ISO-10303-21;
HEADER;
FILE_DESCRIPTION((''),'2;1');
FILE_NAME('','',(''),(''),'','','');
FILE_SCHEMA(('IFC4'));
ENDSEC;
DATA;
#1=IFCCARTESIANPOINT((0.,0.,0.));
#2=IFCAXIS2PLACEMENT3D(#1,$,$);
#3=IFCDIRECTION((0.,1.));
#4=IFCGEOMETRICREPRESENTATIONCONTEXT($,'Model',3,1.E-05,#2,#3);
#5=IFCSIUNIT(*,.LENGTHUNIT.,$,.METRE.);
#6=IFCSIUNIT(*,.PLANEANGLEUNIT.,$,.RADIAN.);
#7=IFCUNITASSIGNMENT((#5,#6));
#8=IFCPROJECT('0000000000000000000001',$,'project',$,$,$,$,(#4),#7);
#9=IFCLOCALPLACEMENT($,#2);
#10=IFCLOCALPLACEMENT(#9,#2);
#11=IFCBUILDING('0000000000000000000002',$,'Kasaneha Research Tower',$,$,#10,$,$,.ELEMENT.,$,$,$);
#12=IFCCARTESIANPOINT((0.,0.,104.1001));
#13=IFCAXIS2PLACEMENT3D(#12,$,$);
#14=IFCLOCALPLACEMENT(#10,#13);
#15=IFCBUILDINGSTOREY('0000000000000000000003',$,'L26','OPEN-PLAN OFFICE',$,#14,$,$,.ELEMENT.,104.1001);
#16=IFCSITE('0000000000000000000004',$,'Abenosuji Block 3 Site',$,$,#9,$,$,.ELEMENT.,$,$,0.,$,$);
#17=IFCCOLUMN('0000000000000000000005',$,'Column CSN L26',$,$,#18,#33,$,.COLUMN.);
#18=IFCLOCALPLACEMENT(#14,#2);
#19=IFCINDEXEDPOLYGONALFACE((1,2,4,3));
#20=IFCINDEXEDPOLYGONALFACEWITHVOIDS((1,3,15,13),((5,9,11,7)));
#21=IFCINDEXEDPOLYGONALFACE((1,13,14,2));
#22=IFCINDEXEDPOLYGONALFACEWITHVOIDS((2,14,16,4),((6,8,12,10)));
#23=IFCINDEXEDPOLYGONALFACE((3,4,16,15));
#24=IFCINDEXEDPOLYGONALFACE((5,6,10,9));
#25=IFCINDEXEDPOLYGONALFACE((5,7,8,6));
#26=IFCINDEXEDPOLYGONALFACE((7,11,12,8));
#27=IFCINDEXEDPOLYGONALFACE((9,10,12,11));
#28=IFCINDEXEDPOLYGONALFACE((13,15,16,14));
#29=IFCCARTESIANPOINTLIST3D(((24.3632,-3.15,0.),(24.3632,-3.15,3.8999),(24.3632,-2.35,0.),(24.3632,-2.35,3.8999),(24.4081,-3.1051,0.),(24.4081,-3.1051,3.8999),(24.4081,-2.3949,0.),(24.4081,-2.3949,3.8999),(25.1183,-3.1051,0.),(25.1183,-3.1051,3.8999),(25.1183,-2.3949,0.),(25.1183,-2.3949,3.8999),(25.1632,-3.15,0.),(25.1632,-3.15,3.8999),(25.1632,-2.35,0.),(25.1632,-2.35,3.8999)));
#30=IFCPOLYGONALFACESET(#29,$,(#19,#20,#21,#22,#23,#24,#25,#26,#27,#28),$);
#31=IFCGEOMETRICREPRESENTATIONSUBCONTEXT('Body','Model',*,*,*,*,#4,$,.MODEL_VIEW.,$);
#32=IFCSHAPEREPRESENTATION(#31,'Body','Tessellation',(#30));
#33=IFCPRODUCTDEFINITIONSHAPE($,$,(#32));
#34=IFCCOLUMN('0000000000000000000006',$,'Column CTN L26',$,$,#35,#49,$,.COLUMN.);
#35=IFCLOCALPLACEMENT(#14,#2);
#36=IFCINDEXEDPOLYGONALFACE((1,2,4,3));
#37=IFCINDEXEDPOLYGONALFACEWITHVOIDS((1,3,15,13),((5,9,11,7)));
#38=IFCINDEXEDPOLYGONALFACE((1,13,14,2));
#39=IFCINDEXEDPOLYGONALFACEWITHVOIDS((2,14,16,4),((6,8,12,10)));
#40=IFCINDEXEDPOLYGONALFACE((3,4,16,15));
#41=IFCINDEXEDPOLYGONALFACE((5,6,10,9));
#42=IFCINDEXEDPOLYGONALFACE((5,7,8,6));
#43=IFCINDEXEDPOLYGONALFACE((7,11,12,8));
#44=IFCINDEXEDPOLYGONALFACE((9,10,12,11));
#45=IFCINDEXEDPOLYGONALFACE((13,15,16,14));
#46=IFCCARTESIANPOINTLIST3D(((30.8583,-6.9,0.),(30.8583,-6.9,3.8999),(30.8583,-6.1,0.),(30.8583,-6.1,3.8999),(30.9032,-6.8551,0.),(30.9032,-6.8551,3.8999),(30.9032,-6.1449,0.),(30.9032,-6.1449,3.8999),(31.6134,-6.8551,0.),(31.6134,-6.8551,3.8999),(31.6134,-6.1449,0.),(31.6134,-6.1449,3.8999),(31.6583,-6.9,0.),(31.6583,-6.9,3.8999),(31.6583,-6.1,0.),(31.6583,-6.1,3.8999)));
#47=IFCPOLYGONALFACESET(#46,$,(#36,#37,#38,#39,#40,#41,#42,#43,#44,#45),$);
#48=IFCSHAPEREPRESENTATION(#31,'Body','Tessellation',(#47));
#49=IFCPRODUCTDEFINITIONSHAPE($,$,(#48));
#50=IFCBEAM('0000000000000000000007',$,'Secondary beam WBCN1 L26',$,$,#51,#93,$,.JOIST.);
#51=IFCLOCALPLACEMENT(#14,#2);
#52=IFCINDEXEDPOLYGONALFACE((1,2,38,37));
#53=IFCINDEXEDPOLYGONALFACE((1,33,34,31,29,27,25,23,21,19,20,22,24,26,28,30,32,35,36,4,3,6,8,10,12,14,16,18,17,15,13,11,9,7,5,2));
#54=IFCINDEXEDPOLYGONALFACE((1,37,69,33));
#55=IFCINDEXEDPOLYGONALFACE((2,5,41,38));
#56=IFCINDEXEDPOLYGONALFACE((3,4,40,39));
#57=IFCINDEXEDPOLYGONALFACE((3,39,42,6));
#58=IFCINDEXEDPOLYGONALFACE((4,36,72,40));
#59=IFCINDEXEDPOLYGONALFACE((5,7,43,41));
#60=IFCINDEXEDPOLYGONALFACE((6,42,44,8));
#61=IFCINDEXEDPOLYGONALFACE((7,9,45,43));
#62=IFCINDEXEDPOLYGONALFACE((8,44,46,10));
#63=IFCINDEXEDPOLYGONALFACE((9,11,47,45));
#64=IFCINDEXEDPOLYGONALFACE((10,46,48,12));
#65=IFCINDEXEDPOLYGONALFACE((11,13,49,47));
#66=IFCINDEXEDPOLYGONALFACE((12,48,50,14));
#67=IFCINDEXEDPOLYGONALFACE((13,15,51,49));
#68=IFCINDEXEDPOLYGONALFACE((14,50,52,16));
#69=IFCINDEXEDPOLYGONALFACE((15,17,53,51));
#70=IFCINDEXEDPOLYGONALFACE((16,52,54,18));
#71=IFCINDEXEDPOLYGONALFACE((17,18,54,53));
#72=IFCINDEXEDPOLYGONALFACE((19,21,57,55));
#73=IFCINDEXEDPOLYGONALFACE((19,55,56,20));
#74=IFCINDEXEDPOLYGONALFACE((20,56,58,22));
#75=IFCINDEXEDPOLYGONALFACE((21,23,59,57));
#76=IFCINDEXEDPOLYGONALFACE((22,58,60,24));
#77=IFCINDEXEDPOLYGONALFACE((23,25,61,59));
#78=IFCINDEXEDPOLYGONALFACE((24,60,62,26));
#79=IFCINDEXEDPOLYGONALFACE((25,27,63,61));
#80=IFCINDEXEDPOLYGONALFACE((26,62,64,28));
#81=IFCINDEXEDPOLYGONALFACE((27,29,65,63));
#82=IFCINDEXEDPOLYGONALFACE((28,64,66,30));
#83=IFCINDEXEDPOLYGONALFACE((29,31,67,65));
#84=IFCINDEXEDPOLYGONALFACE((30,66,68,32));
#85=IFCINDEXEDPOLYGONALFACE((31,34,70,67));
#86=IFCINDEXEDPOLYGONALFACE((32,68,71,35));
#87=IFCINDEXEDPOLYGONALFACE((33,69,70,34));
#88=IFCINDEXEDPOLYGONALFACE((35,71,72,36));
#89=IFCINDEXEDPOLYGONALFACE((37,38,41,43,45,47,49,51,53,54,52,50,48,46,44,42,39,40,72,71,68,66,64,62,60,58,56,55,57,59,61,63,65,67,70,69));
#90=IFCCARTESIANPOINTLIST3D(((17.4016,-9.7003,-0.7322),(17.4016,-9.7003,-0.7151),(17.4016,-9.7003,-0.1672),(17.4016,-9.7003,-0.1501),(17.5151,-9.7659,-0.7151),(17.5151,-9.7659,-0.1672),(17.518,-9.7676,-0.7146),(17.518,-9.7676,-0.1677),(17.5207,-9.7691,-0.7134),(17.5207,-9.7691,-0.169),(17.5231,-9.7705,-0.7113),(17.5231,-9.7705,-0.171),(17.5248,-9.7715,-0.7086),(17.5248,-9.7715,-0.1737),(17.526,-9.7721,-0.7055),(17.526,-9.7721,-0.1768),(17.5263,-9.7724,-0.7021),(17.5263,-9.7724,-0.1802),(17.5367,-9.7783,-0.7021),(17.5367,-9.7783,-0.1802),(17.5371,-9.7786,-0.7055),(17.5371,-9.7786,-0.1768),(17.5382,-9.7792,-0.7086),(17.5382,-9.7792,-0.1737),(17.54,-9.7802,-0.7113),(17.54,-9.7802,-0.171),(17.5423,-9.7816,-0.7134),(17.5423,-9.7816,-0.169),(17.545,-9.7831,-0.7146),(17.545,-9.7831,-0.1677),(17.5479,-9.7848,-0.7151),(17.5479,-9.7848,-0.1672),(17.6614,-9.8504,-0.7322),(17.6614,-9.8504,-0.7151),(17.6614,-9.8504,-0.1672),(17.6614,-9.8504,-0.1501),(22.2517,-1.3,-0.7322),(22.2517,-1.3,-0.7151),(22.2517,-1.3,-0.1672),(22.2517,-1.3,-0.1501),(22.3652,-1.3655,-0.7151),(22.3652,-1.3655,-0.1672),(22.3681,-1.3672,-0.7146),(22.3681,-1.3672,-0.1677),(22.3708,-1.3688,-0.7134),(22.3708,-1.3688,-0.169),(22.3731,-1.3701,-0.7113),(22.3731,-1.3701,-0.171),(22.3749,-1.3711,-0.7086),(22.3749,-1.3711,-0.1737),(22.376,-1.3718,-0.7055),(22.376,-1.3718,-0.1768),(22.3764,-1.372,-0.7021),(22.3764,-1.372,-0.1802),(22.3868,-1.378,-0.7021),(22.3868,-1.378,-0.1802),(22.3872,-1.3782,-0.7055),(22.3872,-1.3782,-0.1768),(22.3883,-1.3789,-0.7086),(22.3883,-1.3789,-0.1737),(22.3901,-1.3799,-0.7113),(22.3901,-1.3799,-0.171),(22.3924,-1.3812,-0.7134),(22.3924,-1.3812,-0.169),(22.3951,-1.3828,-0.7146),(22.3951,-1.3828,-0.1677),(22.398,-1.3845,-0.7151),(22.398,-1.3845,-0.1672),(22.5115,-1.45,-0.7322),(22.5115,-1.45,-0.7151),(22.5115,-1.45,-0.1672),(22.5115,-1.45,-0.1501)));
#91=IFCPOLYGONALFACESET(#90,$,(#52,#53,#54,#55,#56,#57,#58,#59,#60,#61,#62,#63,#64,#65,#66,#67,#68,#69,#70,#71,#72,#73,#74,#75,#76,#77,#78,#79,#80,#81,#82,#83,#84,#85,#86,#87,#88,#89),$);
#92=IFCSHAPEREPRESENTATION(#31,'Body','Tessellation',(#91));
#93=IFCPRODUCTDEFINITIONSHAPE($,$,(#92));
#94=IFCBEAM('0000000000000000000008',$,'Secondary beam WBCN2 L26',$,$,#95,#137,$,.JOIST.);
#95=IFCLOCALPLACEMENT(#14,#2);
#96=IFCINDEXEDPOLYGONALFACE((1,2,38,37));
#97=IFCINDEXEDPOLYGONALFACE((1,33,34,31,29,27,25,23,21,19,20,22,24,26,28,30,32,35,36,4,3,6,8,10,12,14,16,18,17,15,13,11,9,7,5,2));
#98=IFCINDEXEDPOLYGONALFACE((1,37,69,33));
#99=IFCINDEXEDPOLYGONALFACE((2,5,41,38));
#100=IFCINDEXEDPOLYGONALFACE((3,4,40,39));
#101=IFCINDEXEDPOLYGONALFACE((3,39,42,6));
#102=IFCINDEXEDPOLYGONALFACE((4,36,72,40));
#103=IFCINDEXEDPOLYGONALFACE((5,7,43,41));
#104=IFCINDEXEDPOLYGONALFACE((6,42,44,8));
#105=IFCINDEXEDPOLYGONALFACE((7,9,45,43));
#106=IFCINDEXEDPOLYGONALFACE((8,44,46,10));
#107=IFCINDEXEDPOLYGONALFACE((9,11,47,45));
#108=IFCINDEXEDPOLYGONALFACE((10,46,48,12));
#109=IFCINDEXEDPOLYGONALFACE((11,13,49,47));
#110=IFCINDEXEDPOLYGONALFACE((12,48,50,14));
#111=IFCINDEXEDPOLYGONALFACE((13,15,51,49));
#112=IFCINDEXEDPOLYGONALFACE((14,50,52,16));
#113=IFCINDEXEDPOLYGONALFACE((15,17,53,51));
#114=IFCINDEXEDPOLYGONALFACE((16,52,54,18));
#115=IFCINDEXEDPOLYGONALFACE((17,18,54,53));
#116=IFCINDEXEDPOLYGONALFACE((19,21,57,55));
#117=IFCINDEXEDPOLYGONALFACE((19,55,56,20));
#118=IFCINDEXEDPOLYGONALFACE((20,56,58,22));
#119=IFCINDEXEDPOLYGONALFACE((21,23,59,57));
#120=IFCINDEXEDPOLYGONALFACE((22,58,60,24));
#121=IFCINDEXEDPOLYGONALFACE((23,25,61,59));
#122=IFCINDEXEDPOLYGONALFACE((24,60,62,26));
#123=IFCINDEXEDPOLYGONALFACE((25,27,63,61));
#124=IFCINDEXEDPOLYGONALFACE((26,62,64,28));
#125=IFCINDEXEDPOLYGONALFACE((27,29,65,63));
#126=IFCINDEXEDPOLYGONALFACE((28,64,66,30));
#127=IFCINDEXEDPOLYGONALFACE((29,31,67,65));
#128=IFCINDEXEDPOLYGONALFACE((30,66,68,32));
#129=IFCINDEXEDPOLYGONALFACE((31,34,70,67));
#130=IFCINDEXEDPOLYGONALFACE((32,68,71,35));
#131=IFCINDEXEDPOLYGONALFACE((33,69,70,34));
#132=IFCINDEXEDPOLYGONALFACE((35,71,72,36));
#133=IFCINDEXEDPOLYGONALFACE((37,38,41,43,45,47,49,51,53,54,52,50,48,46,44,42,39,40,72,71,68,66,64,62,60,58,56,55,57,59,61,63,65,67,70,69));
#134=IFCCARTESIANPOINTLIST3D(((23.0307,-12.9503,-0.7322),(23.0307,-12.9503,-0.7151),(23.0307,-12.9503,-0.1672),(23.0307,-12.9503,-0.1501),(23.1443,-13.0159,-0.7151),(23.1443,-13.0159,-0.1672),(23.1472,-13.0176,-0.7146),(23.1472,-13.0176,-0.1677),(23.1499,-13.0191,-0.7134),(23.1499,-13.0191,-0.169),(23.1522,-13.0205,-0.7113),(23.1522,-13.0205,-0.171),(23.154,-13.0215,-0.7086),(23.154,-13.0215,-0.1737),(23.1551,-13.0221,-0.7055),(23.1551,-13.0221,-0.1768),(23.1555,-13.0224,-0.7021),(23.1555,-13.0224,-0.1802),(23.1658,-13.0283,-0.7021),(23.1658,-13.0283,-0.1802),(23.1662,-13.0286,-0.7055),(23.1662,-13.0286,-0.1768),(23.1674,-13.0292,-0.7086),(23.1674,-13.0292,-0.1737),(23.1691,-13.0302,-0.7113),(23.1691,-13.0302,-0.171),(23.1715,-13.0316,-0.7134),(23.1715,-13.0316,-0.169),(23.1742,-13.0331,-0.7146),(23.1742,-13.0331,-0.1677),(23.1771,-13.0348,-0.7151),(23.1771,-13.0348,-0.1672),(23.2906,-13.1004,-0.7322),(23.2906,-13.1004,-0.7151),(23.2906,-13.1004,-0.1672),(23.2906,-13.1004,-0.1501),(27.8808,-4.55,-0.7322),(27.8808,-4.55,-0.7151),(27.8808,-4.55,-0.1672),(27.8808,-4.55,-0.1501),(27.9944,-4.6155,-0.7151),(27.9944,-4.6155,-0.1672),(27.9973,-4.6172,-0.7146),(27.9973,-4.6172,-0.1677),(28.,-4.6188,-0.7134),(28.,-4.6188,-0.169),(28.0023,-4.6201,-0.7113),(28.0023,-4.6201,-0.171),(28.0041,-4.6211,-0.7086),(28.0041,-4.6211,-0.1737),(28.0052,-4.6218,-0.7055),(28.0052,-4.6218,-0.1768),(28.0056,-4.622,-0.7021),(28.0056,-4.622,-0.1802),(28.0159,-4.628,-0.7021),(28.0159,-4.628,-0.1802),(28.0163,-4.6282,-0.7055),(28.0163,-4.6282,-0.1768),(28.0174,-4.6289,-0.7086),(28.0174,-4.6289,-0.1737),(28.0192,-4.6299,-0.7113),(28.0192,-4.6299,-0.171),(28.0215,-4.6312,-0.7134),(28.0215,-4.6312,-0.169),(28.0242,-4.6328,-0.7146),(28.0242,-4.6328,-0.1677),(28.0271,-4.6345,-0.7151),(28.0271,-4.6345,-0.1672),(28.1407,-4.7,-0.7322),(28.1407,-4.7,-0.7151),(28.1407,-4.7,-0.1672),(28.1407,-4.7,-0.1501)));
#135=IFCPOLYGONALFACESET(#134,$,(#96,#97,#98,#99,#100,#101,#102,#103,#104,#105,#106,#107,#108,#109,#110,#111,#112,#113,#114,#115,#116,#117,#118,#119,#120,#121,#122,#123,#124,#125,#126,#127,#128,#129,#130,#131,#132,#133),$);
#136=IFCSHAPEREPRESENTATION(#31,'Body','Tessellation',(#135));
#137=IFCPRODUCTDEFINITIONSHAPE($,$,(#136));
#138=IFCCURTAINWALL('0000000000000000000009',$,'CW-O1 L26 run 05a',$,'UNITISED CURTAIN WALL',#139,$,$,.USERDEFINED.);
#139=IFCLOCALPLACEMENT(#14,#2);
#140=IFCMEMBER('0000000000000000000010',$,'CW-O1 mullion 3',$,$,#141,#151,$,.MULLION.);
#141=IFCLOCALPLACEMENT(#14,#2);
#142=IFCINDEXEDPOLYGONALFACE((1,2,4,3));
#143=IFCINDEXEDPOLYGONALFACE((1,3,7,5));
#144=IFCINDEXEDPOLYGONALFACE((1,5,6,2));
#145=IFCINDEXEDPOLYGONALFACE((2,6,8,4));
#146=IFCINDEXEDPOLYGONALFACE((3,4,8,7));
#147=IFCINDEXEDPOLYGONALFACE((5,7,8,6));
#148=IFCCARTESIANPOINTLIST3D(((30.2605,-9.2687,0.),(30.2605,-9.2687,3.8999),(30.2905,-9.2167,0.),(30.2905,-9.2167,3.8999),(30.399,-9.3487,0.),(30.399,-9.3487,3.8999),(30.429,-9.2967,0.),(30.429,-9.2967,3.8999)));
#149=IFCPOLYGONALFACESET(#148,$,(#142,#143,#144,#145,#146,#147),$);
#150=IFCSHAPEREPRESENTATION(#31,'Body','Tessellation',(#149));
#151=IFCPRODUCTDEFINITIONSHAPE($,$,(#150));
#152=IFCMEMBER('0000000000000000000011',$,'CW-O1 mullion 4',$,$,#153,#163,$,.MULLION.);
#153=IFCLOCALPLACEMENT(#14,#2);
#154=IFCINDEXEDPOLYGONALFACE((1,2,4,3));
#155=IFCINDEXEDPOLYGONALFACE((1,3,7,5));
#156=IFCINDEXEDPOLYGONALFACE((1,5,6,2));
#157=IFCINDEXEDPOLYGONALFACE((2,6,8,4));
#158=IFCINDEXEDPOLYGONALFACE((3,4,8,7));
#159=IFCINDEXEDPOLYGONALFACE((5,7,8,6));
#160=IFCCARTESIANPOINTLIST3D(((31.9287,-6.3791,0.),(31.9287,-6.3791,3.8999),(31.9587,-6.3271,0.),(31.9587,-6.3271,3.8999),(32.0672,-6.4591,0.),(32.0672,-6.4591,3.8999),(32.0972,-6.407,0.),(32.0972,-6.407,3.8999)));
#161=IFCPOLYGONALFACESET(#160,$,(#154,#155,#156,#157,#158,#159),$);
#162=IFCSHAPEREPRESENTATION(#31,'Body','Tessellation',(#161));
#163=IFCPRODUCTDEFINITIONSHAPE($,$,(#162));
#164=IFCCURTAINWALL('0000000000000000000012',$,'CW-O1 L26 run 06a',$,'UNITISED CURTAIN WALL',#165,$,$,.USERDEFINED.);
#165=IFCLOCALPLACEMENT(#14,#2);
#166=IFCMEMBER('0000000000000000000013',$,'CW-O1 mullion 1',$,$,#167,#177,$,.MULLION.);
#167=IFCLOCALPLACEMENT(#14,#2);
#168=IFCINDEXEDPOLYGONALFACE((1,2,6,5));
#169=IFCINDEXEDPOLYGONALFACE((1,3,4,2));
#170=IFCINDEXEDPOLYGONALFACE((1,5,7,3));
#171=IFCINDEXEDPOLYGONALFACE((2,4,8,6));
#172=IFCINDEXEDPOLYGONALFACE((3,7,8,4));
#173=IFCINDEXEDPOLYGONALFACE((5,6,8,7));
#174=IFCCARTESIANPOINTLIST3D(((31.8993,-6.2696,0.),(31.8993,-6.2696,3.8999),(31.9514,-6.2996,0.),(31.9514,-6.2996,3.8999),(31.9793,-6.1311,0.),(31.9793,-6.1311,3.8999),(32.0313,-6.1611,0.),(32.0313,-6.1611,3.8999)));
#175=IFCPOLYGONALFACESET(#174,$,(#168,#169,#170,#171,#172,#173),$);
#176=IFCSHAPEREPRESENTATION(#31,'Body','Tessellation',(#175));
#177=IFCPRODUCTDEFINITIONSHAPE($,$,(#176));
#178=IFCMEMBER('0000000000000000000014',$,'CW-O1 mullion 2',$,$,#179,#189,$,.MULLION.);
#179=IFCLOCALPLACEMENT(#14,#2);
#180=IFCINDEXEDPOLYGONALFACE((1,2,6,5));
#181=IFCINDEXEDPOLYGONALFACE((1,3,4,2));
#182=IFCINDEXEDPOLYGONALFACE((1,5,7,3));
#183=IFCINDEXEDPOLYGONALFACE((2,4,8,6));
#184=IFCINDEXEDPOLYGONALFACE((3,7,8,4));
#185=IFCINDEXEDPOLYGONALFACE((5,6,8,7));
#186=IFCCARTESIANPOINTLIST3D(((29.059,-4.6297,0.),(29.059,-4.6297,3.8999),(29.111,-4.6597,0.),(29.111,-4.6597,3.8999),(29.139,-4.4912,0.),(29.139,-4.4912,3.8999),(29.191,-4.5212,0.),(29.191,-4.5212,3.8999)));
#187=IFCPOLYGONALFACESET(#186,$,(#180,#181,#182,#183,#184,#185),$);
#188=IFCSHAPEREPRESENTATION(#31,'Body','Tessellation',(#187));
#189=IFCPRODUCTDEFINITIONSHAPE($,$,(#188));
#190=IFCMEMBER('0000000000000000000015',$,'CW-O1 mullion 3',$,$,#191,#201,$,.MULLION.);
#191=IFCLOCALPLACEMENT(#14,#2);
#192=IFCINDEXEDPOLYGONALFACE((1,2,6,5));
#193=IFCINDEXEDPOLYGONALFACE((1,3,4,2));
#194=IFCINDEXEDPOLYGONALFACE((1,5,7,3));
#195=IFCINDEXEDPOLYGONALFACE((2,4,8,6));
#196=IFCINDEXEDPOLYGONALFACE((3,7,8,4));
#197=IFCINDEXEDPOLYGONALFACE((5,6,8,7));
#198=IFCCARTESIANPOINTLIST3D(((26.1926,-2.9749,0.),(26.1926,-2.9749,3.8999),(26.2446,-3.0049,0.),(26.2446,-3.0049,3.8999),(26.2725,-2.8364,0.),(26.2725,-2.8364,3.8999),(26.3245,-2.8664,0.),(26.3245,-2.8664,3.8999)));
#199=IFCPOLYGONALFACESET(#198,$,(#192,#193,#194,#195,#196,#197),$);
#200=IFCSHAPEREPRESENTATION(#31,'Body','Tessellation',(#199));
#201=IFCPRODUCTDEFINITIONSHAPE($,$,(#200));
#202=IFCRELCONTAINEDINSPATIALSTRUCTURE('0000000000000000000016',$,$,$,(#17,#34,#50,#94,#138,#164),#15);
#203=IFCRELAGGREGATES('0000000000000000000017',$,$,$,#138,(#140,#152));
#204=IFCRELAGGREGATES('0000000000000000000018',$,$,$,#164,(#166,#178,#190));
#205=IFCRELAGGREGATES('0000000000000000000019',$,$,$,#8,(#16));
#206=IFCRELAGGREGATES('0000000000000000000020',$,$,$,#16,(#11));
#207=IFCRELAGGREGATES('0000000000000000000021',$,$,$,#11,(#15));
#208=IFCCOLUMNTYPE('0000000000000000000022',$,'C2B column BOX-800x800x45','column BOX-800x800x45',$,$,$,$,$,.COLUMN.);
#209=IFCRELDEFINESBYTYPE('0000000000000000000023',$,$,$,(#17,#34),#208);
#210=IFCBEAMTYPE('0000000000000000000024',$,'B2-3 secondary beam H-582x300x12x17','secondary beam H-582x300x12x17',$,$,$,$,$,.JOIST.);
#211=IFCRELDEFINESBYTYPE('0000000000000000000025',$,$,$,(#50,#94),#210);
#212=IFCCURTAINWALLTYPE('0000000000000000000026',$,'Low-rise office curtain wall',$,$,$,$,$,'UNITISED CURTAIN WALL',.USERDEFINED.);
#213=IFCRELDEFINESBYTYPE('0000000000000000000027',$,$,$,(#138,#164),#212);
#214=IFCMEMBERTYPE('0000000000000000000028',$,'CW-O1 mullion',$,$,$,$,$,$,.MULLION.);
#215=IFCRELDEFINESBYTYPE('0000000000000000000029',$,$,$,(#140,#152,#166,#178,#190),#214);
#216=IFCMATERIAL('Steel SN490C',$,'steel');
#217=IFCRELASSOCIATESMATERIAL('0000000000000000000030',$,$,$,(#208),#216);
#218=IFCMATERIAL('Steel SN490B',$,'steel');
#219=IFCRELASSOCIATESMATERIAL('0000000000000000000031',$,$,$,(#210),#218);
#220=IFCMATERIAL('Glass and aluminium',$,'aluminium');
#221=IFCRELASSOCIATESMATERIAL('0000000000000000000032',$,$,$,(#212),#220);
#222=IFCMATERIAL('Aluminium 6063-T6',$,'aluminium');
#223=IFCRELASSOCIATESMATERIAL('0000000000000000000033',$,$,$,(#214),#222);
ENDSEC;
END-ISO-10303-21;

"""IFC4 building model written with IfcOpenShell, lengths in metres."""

from ifc_helpers import new_model, si_unit, direction, frame, origin, origin_2d, place, context, subcontext, project, spatial, rectangle, hollow_rectangle, i_section, extrude, material, material_profile, profile_set, type_object, element, aggregate, save


model = new_model("IFC4")

# Units and contexts
model_context = context("Model", 3, precision=1e-05, world=origin(), true_north=direction((0.0, 1.0)))
body_context = subcontext(model_context, "Body", "Model", "MODEL_VIEW")
ifc_project = project(units=[si_unit("LENGTHUNIT", "METRE"), si_unit("PLANEANGLEUNIT", "RADIAN")], contexts=[model_context])

# Site, building, storey
site_placement = place(None, origin())
site = spatial("IfcSite", under=ifc_project, at=site_placement, Name="Abenosuji Block 3 Site", CompositionType="ELEMENT", RefElevation=0.0)
building_placement = place(site_placement, origin())
building = spatial("IfcBuilding", under=site, at=building_placement, Name="Kasaneha Research Tower", CompositionType="ELEMENT")
storey_placement = place(building_placement, frame((0.0, 0.0, 104.1001)))
storey = spatial("IfcBuildingStorey", under=building, at=storey_placement, Name="L26", Description="OPEN-PLAN OFFICE", CompositionType="ELEMENT", Elevation=104.1001)

# Columns
ifc_material_1 = material(Name="Steel SN490C", Category="steel")
ifc_material_profile_1 = material_profile(ifc_material_1, hollow_rectangle(XDim=0.8, YDim=0.8, WallThickness=0.0449, at=origin_2d()), Name="BOX-800x800x45")
ifc_profile_set_1 = profile_set([ifc_material_profile_1], Name="Steel SN490C")
column_type = type_object("IfcColumnType", Name="C2B column BOX-800x800x45", Description="column BOX-800x800x45", PredefinedType="COLUMN", material=ifc_profile_set_1)
for number, where, z_axis, x_axis, name in (
    (1, (24.7632, -2.75, 0.0), (0.0, 0.0, 1.0), (1.0, 0.0, 0.0), "Column CSN L26"),
    (2, (31.2583, -6.5, 0.0), (0.0, 0.0, 1.0), (1.0, 0.0, 0.0), "Column CTN L26"),
):
    element("IfcColumn", number, at=place(storey_placement, frame(where, z_axis=z_axis, x_axis=x_axis)), inside=storey, type_object=column_type, Name=name, PredefinedType="COLUMN", context=body_context, shape_type="SweptSolid", body=[
        extrude(hollow_rectangle(XDim=0.8, YDim=0.8, WallThickness=0.0449, at=origin_2d()), origin(), (0.0, 0.0, 1.0), 3.8999),
    ])

# Beams
ifc_material_2 = material(Name="Steel SN490B", Category="steel")
ifc_material_profile_2 = material_profile(ifc_material_2, i_section(OverallWidth=0.3, OverallDepth=0.582, WebThickness=0.012, FlangeThickness=0.0171, FilletRadius=0.0129, at=origin_2d()), Name="H-582x300x12x17")
ifc_profile_set_2 = profile_set([ifc_material_profile_2], Name="Steel SN490B")
beam_type_1 = type_object("IfcBeamType", Name="B2-3 secondary beam H-582x300x12x17", Description="secondary beam H-582x300x12x17", PredefinedType="JOIST", material=ifc_profile_set_2)
for number, where, z_axis, x_axis, name in (
    (3, (22.3816, -1.375, -0.4412), (-0.50001, -0.86602, 0.0), (0.86602, -0.50001, 0.0), "Secondary beam WBCN1 L26"),
    (4, (28.0107, -4.625, -0.4412), (-0.50001, -0.86602, 0.0), (0.86602, -0.50001, 0.0), "Secondary beam WBCN2 L26"),
):
    element("IfcBeam", number, at=place(storey_placement, frame(where, z_axis=z_axis, x_axis=x_axis)), inside=storey, type_object=beam_type_1, Name=name, PredefinedType="JOIST", context=body_context, shape_type="SweptSolid", body=[
        extrude(i_section(OverallWidth=0.3, OverallDepth=0.582, WebThickness=0.012, FlangeThickness=0.0171, FilletRadius=0.0129, at=origin_2d()), origin(), (0.0, 0.0, 1.0), 9.7),
    ])

# Curtain walls, members
ifc_material_3 = material(Name="Glass and aluminium", Category="aluminium")
curtain_wall_type = type_object("IfcCurtainWallType", Name="Low-rise office curtain wall", ElementType="UNITISED CURTAIN WALL", PredefinedType="USERDEFINED", material=ifc_material_3)
curtain_wall_1_placement = place(storey_placement, origin())
curtain_wall_1 = element("IfcCurtainWall", 5, at=curtain_wall_1_placement, inside=storey, type_object=curtain_wall_type, Name="CW-O1 L26 run 05a", ObjectType="UNITISED CURTAIN WALL", PredefinedType="USERDEFINED")
ifc_material_4 = material(Name="Aluminium 6063-T6", Category="aluminium")
ifc_material_profile_3 = material_profile(ifc_material_4, rectangle(XDim=0.0601, YDim=0.1599, at=origin_2d()), Name="CW-O1 mullion 60x160")
ifc_profile_set_3 = profile_set([ifc_material_profile_3], Name="Aluminium 6063-T6")
member_type_1 = type_object("IfcMemberType", Name="CW-O1 mullion", PredefinedType="MULLION", material=ifc_profile_set_3)
member_1_placement = place(storey_placement, frame((30.3447, -9.2827, 0.0), z_axis=(0.0, 0.0, 1.0), x_axis=(0.5, 0.866025, 0.0)))
member_1 = element("IfcMember", 6, at=member_1_placement, type_object=member_type_1, Name="CW-O1 mullion 3", PredefinedType="MULLION", context=body_context, shape_type="SweptSolid", body=[
    extrude(rectangle(XDim=0.0601, YDim=0.1599, at=origin_2d()), origin(), (0.0, 0.0, 1.0), 3.8999),
])
member_2_placement = place(storey_placement, frame((32.0129, -6.3931, 0.0), z_axis=(0.0, 0.0, 1.0), x_axis=(0.5, 0.866025, 0.0)))
member_2 = element("IfcMember", 7, at=member_2_placement, type_object=member_type_1, Name="CW-O1 mullion 4", PredefinedType="MULLION", context=body_context, shape_type="SweptSolid", body=[
    extrude(rectangle(XDim=0.0601, YDim=0.1599, at=origin_2d()), origin(), (0.0, 0.0, 1.0), 3.8999),
])
curtain_wall_2_placement = place(storey_placement, origin())
curtain_wall_2 = element("IfcCurtainWall", 8, at=curtain_wall_2_placement, inside=storey, type_object=curtain_wall_type, Name="CW-O1 L26 run 06a", ObjectType="UNITISED CURTAIN WALL", PredefinedType="USERDEFINED")
member_3_placement = place(storey_placement, frame((31.9653, -6.2153, 0.0), z_axis=(0.0, 0.0, 1.0), x_axis=(-0.866025, 0.5, 0.0)))
member_3 = element("IfcMember", 9, at=member_3_placement, type_object=member_type_1, Name="CW-O1 mullion 1", PredefinedType="MULLION", context=body_context, shape_type="SweptSolid", body=[
    extrude(rectangle(XDim=0.0601, YDim=0.1599, at=origin_2d()), origin(), (0.0, 0.0, 1.0), 3.8999),
])
member_4_placement = place(storey_placement, frame((29.125, -4.5754, 0.0), z_axis=(0.0, 0.0, 1.0), x_axis=(-0.866025, 0.5, 0.0)))
member_4 = element("IfcMember", 10, at=member_4_placement, type_object=member_type_1, Name="CW-O1 mullion 2", PredefinedType="MULLION", context=body_context, shape_type="SweptSolid", body=[
    extrude(rectangle(XDim=0.0601, YDim=0.1599, at=origin_2d()), origin(), (0.0, 0.0, 1.0), 3.8999),
])
member_5_placement = place(storey_placement, frame((26.2585, -2.9207, 0.0), z_axis=(0.0, 0.0, 1.0), x_axis=(-0.866025, 0.5, 0.0)))
member_5 = element("IfcMember", 11, at=member_5_placement, type_object=member_type_1, Name="CW-O1 mullion 3", PredefinedType="MULLION", context=body_context, shape_type="SweptSolid", body=[
    extrude(rectangle(XDim=0.0601, YDim=0.1599, at=origin_2d()), origin(), (0.0, 0.0, 1.0), 3.8999),
])

aggregate(curtain_wall_1, [member_1, member_2])
aggregate(curtain_wall_2, [member_3, member_4, member_5])

save(model, "model.ifc")
